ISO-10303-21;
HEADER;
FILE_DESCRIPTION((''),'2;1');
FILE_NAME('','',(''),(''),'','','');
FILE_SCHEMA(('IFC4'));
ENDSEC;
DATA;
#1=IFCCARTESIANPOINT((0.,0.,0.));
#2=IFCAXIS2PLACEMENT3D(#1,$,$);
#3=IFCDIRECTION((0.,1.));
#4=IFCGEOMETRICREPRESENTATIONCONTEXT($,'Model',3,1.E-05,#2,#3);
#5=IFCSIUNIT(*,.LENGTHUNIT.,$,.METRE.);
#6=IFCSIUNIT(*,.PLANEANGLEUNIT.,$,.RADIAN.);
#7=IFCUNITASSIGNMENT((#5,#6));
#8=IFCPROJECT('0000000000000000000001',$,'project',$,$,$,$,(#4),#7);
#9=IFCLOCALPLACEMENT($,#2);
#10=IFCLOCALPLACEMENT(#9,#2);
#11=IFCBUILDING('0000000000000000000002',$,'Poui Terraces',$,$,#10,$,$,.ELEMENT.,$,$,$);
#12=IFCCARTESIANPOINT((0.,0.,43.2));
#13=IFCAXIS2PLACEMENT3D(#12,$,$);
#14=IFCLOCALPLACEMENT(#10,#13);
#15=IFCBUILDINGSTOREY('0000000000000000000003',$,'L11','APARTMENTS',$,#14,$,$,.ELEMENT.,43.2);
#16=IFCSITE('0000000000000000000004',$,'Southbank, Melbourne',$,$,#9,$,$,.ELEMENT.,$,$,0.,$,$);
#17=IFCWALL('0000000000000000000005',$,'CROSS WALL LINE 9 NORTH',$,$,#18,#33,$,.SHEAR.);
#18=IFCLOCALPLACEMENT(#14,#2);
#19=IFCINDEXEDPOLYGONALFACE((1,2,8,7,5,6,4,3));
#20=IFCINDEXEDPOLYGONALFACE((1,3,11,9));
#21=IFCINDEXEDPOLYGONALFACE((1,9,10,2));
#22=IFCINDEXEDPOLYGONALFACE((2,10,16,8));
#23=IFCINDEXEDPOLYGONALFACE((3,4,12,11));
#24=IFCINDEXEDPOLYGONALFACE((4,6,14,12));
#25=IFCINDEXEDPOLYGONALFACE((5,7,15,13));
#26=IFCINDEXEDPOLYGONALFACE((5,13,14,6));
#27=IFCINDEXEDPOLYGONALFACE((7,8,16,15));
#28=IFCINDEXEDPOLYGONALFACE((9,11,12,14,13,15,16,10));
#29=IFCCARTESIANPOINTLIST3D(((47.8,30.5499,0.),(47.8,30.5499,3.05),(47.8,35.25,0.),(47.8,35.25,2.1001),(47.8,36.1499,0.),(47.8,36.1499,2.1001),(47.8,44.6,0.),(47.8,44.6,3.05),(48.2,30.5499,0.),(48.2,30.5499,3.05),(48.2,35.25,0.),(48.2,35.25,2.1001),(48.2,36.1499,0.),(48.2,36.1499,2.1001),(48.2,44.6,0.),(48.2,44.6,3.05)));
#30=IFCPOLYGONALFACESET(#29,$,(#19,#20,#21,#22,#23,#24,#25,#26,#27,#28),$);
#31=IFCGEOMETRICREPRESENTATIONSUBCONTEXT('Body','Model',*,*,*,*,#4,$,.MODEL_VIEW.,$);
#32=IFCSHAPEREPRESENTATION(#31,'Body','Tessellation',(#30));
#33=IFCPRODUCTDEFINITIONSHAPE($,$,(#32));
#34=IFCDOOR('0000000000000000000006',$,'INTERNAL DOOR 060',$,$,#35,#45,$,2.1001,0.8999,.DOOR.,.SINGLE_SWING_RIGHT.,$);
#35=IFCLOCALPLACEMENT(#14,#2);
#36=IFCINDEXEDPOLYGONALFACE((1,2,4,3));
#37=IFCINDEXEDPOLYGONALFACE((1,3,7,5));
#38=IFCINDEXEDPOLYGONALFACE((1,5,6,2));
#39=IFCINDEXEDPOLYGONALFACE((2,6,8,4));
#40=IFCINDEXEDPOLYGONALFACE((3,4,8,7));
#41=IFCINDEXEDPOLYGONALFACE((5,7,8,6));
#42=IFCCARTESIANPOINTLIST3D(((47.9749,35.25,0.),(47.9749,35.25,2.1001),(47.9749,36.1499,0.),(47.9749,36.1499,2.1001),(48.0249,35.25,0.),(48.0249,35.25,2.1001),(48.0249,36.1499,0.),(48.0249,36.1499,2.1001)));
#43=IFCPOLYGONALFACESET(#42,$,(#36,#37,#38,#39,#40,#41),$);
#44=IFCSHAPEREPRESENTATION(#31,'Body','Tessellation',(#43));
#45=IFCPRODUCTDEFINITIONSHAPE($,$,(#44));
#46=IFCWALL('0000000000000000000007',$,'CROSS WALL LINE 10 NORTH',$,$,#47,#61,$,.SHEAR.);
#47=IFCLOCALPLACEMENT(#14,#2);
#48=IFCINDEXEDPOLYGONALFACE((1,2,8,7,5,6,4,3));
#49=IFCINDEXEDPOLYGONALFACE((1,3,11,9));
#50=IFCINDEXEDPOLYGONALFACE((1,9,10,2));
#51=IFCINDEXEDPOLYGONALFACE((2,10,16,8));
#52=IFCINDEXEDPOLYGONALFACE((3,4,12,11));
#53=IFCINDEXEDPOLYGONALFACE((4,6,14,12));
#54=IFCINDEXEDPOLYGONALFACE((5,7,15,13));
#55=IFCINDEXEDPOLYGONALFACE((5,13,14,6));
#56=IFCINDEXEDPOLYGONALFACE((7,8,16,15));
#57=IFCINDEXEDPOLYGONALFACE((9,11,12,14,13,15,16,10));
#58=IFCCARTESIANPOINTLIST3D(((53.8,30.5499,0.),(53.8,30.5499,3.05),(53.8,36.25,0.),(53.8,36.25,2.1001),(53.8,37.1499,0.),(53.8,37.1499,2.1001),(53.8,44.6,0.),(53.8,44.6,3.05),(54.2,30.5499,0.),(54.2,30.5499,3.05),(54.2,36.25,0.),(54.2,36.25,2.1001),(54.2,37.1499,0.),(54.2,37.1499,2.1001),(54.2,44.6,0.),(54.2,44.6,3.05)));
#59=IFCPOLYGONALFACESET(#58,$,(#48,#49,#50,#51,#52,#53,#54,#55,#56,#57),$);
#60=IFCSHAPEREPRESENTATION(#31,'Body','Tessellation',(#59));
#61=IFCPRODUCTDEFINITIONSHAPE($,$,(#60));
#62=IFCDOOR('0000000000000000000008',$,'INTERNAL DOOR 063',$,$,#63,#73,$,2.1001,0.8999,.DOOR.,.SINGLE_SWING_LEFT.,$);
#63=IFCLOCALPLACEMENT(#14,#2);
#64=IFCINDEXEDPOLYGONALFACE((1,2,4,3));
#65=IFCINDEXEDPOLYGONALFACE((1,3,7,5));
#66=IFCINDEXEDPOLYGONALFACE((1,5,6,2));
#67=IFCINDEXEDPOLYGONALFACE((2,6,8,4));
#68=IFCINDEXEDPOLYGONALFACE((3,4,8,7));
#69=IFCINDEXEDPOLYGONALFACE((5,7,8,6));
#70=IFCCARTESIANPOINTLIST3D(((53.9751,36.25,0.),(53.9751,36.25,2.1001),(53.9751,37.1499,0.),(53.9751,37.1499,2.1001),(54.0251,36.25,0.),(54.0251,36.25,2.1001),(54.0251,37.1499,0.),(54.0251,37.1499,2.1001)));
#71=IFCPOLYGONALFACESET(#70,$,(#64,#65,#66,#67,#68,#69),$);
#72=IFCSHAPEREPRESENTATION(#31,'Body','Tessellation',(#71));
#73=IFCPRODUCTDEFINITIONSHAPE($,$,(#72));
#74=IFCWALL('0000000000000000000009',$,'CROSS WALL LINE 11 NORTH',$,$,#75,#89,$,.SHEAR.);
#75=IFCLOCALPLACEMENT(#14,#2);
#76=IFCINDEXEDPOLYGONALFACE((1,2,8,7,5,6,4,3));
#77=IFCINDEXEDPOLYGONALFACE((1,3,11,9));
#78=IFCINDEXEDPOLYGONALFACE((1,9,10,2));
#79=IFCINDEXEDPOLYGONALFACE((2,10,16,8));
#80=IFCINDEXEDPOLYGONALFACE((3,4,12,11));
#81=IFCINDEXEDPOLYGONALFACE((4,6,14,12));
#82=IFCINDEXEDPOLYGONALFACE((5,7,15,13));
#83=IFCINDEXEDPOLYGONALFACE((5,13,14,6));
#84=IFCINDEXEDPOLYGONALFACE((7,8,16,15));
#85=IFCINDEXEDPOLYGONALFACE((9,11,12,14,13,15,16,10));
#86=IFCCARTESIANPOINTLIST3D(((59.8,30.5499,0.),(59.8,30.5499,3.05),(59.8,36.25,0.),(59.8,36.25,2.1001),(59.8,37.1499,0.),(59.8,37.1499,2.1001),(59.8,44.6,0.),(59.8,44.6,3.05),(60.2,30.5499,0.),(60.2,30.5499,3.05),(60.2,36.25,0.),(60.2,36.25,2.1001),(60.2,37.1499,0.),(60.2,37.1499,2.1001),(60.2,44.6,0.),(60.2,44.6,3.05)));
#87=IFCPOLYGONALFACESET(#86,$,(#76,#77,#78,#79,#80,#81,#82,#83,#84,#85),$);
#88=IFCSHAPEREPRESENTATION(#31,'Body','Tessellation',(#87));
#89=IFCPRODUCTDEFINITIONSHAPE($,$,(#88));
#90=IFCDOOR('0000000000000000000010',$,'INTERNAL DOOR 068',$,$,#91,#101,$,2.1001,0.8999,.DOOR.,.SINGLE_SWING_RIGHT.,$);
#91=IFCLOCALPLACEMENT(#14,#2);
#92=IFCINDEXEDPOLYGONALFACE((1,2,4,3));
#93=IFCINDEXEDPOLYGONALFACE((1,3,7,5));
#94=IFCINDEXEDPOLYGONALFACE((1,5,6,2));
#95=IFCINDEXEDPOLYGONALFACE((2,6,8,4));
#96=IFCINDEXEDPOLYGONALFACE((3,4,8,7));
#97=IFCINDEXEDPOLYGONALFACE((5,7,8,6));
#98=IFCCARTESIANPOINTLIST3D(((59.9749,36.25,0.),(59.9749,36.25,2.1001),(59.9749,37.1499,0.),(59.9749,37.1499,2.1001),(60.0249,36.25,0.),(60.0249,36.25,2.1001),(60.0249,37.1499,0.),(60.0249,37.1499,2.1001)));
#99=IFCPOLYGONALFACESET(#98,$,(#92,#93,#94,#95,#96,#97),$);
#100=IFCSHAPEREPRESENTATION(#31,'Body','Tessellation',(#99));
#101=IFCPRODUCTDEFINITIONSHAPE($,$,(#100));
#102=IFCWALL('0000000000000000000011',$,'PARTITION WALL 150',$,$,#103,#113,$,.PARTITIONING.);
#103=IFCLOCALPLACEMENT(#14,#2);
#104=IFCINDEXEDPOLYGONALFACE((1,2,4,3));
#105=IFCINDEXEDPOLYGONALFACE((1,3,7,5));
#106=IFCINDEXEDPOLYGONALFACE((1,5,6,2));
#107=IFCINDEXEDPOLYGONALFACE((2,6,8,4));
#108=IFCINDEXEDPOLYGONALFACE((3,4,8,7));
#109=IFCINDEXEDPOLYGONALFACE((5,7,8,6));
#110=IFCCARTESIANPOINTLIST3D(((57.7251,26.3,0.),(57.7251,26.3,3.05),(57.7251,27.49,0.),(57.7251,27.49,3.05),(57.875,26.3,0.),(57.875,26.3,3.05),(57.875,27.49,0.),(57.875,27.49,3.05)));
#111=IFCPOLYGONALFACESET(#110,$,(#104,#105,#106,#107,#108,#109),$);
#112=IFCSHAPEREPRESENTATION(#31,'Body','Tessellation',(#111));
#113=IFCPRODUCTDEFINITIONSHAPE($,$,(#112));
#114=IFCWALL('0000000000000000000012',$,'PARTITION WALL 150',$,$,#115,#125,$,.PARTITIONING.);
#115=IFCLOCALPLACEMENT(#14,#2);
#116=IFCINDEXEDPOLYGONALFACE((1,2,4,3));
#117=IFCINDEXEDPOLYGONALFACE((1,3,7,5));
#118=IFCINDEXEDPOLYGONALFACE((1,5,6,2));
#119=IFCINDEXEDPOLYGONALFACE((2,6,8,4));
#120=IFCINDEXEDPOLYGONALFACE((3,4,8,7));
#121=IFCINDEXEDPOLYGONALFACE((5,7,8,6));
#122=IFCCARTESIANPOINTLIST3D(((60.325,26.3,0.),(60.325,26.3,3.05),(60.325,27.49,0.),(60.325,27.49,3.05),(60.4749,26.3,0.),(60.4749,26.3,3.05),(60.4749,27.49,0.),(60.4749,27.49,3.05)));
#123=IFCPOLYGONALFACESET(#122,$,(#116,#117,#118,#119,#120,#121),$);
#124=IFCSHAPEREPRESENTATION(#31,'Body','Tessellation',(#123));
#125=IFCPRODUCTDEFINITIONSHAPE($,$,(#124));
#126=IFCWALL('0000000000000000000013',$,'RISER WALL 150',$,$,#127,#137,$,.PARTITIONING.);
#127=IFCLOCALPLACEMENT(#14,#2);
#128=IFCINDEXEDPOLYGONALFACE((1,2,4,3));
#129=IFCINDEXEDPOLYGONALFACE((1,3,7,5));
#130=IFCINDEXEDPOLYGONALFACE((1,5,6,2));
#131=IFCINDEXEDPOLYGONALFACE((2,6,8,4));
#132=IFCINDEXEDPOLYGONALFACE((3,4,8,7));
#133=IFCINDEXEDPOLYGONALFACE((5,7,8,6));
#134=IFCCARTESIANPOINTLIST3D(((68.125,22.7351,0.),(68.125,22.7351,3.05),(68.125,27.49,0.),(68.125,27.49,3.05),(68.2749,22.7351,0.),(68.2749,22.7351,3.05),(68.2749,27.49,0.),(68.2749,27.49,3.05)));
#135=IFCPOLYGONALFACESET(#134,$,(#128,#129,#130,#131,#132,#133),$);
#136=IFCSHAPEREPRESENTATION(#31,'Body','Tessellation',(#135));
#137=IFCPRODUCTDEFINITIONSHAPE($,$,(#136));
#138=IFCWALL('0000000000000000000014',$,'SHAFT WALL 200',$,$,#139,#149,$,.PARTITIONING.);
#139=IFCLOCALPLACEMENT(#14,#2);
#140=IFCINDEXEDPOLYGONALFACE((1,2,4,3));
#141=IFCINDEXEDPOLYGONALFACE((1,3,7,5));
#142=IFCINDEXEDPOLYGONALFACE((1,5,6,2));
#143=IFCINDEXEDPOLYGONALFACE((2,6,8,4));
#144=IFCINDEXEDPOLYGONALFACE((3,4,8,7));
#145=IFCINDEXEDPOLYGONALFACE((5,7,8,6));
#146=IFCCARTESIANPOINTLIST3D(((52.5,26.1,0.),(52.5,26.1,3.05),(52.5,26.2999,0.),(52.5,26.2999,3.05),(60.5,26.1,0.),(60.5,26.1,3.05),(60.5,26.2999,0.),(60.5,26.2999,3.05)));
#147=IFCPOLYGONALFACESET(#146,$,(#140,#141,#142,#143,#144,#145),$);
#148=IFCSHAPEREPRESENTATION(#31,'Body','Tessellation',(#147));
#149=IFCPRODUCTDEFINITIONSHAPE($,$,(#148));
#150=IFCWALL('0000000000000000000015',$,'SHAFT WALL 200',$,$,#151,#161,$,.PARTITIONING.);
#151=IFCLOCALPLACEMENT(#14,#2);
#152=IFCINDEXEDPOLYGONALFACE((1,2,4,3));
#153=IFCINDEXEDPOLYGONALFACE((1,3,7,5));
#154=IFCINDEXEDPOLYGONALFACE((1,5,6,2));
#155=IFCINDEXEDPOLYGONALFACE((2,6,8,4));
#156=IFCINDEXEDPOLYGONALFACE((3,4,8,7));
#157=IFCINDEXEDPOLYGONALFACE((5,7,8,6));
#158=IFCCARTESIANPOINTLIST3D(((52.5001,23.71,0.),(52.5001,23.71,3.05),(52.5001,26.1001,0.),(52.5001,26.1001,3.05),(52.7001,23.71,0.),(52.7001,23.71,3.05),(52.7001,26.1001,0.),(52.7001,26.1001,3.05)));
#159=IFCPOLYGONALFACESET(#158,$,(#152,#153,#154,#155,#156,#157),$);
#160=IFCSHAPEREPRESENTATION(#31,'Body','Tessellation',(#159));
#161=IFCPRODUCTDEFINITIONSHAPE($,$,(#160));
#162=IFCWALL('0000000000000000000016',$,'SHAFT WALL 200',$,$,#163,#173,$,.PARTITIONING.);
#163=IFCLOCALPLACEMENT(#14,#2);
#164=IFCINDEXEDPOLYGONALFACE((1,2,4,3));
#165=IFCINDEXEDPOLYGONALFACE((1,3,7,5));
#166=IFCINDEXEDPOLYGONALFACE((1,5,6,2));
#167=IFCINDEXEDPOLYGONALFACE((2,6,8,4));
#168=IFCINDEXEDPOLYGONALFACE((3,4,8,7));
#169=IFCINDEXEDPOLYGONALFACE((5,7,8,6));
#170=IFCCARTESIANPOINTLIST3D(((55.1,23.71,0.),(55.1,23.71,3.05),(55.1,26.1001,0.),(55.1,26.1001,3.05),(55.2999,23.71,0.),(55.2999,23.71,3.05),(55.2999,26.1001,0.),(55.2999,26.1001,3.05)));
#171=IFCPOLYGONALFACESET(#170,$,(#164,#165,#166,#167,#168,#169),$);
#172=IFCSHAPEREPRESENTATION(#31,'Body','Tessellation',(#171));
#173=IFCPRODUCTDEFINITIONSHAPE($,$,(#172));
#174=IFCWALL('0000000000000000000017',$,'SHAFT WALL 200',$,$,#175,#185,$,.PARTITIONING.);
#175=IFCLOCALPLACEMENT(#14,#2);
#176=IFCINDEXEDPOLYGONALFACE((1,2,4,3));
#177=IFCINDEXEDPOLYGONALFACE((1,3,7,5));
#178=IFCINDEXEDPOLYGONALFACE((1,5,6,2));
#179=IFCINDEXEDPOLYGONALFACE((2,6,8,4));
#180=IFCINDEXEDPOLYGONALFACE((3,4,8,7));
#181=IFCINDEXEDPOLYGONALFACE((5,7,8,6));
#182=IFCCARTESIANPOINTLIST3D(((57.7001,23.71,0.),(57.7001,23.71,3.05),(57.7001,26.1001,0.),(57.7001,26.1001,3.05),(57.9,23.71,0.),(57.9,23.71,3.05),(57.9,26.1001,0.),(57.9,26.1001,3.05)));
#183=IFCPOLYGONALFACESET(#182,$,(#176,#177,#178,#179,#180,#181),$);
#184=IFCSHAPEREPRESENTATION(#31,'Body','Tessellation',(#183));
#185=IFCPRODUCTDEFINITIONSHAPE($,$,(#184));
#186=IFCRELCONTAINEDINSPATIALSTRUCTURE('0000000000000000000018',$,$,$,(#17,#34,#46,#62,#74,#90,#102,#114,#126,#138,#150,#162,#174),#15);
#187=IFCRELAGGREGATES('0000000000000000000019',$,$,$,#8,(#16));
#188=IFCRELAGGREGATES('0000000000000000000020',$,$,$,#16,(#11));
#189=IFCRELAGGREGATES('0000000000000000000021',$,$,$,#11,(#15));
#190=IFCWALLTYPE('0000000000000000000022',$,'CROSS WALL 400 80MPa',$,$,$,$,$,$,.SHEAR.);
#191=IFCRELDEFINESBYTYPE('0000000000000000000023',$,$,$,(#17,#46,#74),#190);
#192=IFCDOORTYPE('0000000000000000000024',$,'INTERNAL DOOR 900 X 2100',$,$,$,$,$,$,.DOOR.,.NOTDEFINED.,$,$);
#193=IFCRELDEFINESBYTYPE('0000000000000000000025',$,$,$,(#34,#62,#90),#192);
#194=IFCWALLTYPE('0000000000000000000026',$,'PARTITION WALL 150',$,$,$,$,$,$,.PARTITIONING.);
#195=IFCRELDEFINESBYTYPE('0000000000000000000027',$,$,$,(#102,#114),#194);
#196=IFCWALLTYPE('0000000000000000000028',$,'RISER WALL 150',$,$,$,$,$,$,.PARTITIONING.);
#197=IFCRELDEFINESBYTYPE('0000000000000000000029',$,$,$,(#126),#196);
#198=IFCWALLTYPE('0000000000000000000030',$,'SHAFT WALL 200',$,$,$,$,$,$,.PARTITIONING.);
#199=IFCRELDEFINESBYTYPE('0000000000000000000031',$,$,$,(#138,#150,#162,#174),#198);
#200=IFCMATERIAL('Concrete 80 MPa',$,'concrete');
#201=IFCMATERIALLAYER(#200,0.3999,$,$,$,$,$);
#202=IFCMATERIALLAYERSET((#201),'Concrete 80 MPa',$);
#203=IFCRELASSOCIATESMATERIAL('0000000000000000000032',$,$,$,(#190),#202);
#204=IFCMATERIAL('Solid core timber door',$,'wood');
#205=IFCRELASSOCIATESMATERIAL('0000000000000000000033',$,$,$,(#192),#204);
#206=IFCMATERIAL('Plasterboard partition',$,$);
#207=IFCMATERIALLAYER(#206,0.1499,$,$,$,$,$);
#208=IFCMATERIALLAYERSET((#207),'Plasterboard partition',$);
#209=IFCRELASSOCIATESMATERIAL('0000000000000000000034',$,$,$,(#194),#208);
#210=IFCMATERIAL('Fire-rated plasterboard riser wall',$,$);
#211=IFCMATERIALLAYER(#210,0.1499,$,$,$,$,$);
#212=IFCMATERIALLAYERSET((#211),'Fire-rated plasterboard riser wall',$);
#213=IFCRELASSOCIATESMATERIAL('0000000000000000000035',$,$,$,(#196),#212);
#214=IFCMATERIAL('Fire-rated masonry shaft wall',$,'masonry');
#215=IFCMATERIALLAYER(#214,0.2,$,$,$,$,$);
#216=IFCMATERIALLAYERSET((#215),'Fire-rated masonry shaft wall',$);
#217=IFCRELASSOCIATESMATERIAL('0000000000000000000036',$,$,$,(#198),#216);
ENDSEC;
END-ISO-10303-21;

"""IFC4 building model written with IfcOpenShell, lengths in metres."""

from ifc_helpers import new_model, si_unit, direction, frame, frame_2d, origin, place, context, subcontext, project, spatial, rectangle, extrude, material, layer, layer_set, type_object, element, fill, save


model = new_model("IFC4")

# Units and contexts
model_context = context("Model", 3, precision=1e-05, world=origin(), true_north=direction((0.0, 1.0)))
body_context = subcontext(model_context, "Body", "Model", "MODEL_VIEW")
ifc_project = project(units=[si_unit("LENGTHUNIT", "METRE"), si_unit("PLANEANGLEUNIT", "RADIAN")], contexts=[model_context])

# Site, building, storey
site_placement = place(None, origin())
site = spatial("IfcSite", under=ifc_project, at=site_placement, Name="Southbank, Melbourne", CompositionType="ELEMENT", RefElevation=0.0)
building_placement = place(site_placement, origin())
building = spatial("IfcBuilding", under=site, at=building_placement, Name="Poui Terraces", CompositionType="ELEMENT")
storey_placement = place(building_placement, frame((0.0, 0.0, 43.2)))
storey = spatial("IfcBuildingStorey", under=building, at=storey_placement, Name="L11", Description="APARTMENTS", CompositionType="ELEMENT", Elevation=43.2)

# Shared definitions
ifc_material_1 = material(Name="Concrete 80 MPa", Category="concrete")

# Walls, openings, doors
ifc_layer_1 = layer(ifc_material_1, 0.3999)
ifc_layer_set_1 = layer_set([ifc_layer_1], Name="Concrete 80 MPa")
wall_type_1 = type_object("IfcWallType", Name="CROSS WALL 400 80MPa", PredefinedType="SHEAR", material=ifc_layer_set_1)
wall_1_placement = place(storey_placement, frame((48.0, 30.55, 0.0), z_axis=(0.0, 0.0, 1.0), x_axis=(0.0, 1.0, 0.0)))
wall_1 = element("IfcWall", 1, at=wall_1_placement, inside=storey, type_object=wall_type_1, Name="CROSS WALL LINE 9 NORTH", PredefinedType="SHEAR", context=body_context, shape_type="SweptSolid", body=[
    extrude(rectangle(XDim=14.05, YDim=0.3999, at=frame_2d((7.0249, 0.0))), origin(), (0.0, 0.0, 1.0), 3.05),
])
opening_1_placement = place(wall_1_placement, frame((4.7, 0.0, 0.0)))
opening_1 = element("IfcOpeningElement", 2, at=opening_1_placement, cuts=wall_1, PredefinedType="OPENING", context=body_context, shape_type="SweptSolid", body=[
    extrude(rectangle(XDim=0.8999, YDim=2.1001, at=frame_2d((0.45, 1.05))), frame((0.0, 0.21, 0.0), z_axis=(0.0, -1.0, 0.0), x_axis=(1.0, 0.0, 0.0)), (0.0, 0.0, 1.0), 0.4199),
])
ifc_material_2 = material(Name="Solid core timber door", Category="wood")
door_type_1 = type_object("IfcDoorType", Name="INTERNAL DOOR 900 X 2100", OperationType="NOTDEFINED", PredefinedType="DOOR", material=ifc_material_2)
door_1_placement = place(opening_1_placement, frame((0.8999, 0.0, 0.0), z_axis=(0.0, 0.0, 1.0), x_axis=(-1.0, 0.0, 0.0)))
door_1 = element("IfcDoor", 3, at=door_1_placement, inside=storey, type_object=door_type_1, Name="INTERNAL DOOR 060", OperationType="SINGLE_SWING_RIGHT", OverallHeight=2.1001, OverallWidth=0.8999, PredefinedType="DOOR", context=body_context, shape_type="SweptSolid", body=[
    extrude(rectangle(XDim=0.8999, YDim=2.1001, at=frame_2d((0.45, 1.05))), frame((0.0, 0.0249, 0.0), z_axis=(0.0, -1.0, 0.0), x_axis=(1.0, 0.0, 0.0)), (0.0, 0.0, 1.0), 0.05),
])
fill(opening_1, door_1)
wall_2_placement = place(storey_placement, frame((54.0, 30.55, 0.0), z_axis=(0.0, 0.0, 1.0), x_axis=(0.0, 1.0, 0.0)))
wall_2 = element("IfcWall", 4, at=wall_2_placement, inside=storey, type_object=wall_type_1, Name="CROSS WALL LINE 10 NORTH", PredefinedType="SHEAR", context=body_context, shape_type="SweptSolid", body=[
    extrude(rectangle(XDim=14.05, YDim=0.3999, at=frame_2d((7.0249, 0.0))), origin(), (0.0, 0.0, 1.0), 3.05),
])
opening_2_placement = place(wall_2_placement, frame((5.7, 0.0, 0.0)))
opening_2 = element("IfcOpeningElement", 5, at=opening_2_placement, cuts=wall_2, PredefinedType="OPENING", context=body_context, shape_type="SweptSolid", body=[
    extrude(rectangle(XDim=0.8999, YDim=2.1001, at=frame_2d((0.45, 1.05))), frame((0.0, 0.21, 0.0), z_axis=(0.0, -1.0, 0.0), x_axis=(1.0, 0.0, 0.0)), (0.0, 0.0, 1.0), 0.4199),
])
door_2_placement = place(opening_2_placement, origin())
door_2 = element("IfcDoor", 6, at=door_2_placement, inside=storey, type_object=door_type_1, Name="INTERNAL DOOR 063", OperationType="SINGLE_SWING_LEFT", OverallHeight=2.1001, OverallWidth=0.8999, PredefinedType="DOOR", context=body_context, shape_type="SweptSolid", body=[
    extrude(rectangle(XDim=0.8999, YDim=2.1001, at=frame_2d((0.45, 1.05))), frame((0.0, 0.0249, 0.0), z_axis=(0.0, -1.0, 0.0), x_axis=(1.0, 0.0, 0.0)), (0.0, 0.0, 1.0), 0.05),
])
fill(opening_2, door_2)
wall_3_placement = place(storey_placement, frame((60.0, 30.55, 0.0), z_axis=(0.0, 0.0, 1.0), x_axis=(0.0, 1.0, 0.0)))
wall_3 = element("IfcWall", 7, at=wall_3_placement, inside=storey, type_object=wall_type_1, Name="CROSS WALL LINE 11 NORTH", PredefinedType="SHEAR", context=body_context, shape_type="SweptSolid", body=[
    extrude(rectangle(XDim=14.05, YDim=0.3999, at=frame_2d((7.0249, 0.0))), origin(), (0.0, 0.0, 1.0), 3.05),
])
opening_3_placement = place(wall_3_placement, frame((5.7, 0.0, 0.0)))
opening_3 = element("IfcOpeningElement", 8, at=opening_3_placement, cuts=wall_3, PredefinedType="OPENING", context=body_context, shape_type="SweptSolid", body=[
    extrude(rectangle(XDim=0.8999, YDim=2.1001, at=frame_2d((0.45, 1.05))), frame((0.0, 0.21, 0.0), z_axis=(0.0, -1.0, 0.0), x_axis=(1.0, 0.0, 0.0)), (0.0, 0.0, 1.0), 0.4199),
])
door_3_placement = place(opening_3_placement, frame((0.8999, 0.0, 0.0), z_axis=(0.0, 0.0, 1.0), x_axis=(-1.0, 0.0, 0.0)))
door_3 = element("IfcDoor", 9, at=door_3_placement, inside=storey, type_object=door_type_1, Name="INTERNAL DOOR 068", OperationType="SINGLE_SWING_RIGHT", OverallHeight=2.1001, OverallWidth=0.8999, PredefinedType="DOOR", context=body_context, shape_type="SweptSolid", body=[
    extrude(rectangle(XDim=0.8999, YDim=2.1001, at=frame_2d((0.45, 1.05))), frame((0.0, 0.0249, 0.0), z_axis=(0.0, -1.0, 0.0), x_axis=(1.0, 0.0, 0.0)), (0.0, 0.0, 1.0), 0.05),
])
fill(opening_3, door_3)

# Walls
ifc_material_3 = material(Name="Plasterboard partition")
ifc_layer_2 = layer(ifc_material_3, 0.1499)
ifc_layer_set_2 = layer_set([ifc_layer_2], Name="Plasterboard partition")
wall_type_2 = type_object("IfcWallType", Name="PARTITION WALL 150", PredefinedType="PARTITIONING", material=ifc_layer_set_2)
for number, where, z_axis, x_axis, name in (
    (10, (57.8, 26.3, 0.0), (0.0, 0.0, 1.0), (0.0, 1.0, 0.0), "PARTITION WALL 150"),
    (11, (60.3999, 26.3, 0.0), (0.0, 0.0, 1.0), (0.0, 1.0, 0.0), "PARTITION WALL 150"),
):
    element("IfcWall", number, at=place(storey_placement, frame(where, z_axis=z_axis, x_axis=x_axis)), inside=storey, type_object=wall_type_2, Name=name, PredefinedType="PARTITIONING", context=body_context, shape_type="SweptSolid", body=[
        extrude(rectangle(XDim=1.1899, YDim=0.1499, at=frame_2d((0.595, 0.0))), origin(), (0.0, 0.0, 1.0), 3.05),
    ])
ifc_material_4 = material(Name="Fire-rated plasterboard riser wall")
ifc_layer_3 = layer(ifc_material_4, 0.1499)
ifc_layer_set_3 = layer_set([ifc_layer_3], Name="Fire-rated plasterboard riser wall")
wall_type_3 = type_object("IfcWallType", Name="RISER WALL 150", PredefinedType="PARTITIONING", material=ifc_layer_set_3)
wall_4_placement = place(storey_placement, frame((68.2, 22.7351, 0.0), z_axis=(0.0, 0.0, 1.0), x_axis=(0.0, 1.0, 0.0)))
element("IfcWall", 12, at=wall_4_placement, inside=storey, type_object=wall_type_3, Name="RISER WALL 150", PredefinedType="PARTITIONING", context=body_context, shape_type="SweptSolid", body=[
    extrude(rectangle(XDim=4.7549, YDim=0.1499, at=frame_2d((2.3774, 0.0))), origin(), (0.0, 0.0, 1.0), 3.05),
])
ifc_material_5 = material(Name="Fire-rated masonry shaft wall", Category="masonry")
ifc_layer_4 = layer(ifc_material_5, 0.2)
ifc_layer_set_4 = layer_set([ifc_layer_4], Name="Fire-rated masonry shaft wall")
wall_type_4 = type_object("IfcWallType", Name="SHAFT WALL 200", PredefinedType="PARTITIONING", material=ifc_layer_set_4)
wall_5_placement = place(storey_placement, frame((52.5, 26.2, 0.0), z_axis=(0.0, 0.0, 1.0), x_axis=(1.0, 0.0, 0.0)))
element("IfcWall", 13, at=wall_5_placement, inside=storey, type_object=wall_type_4, Name="SHAFT WALL 200", PredefinedType="PARTITIONING", context=body_context, shape_type="SweptSolid", body=[
    extrude(rectangle(XDim=8.0, YDim=0.2, at=frame_2d((4.0, 0.0))), origin(), (0.0, 0.0, 1.0), 3.05),
])
for number, where, z_axis, x_axis, name in (
    (14, (52.6001, 23.71, 0.0), (0.0, 0.0, 1.0), (0.0, 1.0, 0.0), "SHAFT WALL 200"),
    (15, (55.2, 23.71, 0.0), (0.0, 0.0, 1.0), (0.0, 1.0, 0.0), "SHAFT WALL 200"),
    (16, (57.8, 23.71, 0.0), (0.0, 0.0, 1.0), (0.0, 1.0, 0.0), "SHAFT WALL 200"),
):
    element("IfcWall", number, at=place(storey_placement, frame(where, z_axis=z_axis, x_axis=x_axis)), inside=storey, type_object=wall_type_4, Name=name, PredefinedType="PARTITIONING", context=body_context, shape_type="SweptSolid", body=[
        extrude(rectangle(XDim=2.3901, YDim=0.2, at=frame_2d((1.1951, 0.0))), origin(), (0.0, 0.0, 1.0), 3.05),
    ])

save(model, "model.ifc")
